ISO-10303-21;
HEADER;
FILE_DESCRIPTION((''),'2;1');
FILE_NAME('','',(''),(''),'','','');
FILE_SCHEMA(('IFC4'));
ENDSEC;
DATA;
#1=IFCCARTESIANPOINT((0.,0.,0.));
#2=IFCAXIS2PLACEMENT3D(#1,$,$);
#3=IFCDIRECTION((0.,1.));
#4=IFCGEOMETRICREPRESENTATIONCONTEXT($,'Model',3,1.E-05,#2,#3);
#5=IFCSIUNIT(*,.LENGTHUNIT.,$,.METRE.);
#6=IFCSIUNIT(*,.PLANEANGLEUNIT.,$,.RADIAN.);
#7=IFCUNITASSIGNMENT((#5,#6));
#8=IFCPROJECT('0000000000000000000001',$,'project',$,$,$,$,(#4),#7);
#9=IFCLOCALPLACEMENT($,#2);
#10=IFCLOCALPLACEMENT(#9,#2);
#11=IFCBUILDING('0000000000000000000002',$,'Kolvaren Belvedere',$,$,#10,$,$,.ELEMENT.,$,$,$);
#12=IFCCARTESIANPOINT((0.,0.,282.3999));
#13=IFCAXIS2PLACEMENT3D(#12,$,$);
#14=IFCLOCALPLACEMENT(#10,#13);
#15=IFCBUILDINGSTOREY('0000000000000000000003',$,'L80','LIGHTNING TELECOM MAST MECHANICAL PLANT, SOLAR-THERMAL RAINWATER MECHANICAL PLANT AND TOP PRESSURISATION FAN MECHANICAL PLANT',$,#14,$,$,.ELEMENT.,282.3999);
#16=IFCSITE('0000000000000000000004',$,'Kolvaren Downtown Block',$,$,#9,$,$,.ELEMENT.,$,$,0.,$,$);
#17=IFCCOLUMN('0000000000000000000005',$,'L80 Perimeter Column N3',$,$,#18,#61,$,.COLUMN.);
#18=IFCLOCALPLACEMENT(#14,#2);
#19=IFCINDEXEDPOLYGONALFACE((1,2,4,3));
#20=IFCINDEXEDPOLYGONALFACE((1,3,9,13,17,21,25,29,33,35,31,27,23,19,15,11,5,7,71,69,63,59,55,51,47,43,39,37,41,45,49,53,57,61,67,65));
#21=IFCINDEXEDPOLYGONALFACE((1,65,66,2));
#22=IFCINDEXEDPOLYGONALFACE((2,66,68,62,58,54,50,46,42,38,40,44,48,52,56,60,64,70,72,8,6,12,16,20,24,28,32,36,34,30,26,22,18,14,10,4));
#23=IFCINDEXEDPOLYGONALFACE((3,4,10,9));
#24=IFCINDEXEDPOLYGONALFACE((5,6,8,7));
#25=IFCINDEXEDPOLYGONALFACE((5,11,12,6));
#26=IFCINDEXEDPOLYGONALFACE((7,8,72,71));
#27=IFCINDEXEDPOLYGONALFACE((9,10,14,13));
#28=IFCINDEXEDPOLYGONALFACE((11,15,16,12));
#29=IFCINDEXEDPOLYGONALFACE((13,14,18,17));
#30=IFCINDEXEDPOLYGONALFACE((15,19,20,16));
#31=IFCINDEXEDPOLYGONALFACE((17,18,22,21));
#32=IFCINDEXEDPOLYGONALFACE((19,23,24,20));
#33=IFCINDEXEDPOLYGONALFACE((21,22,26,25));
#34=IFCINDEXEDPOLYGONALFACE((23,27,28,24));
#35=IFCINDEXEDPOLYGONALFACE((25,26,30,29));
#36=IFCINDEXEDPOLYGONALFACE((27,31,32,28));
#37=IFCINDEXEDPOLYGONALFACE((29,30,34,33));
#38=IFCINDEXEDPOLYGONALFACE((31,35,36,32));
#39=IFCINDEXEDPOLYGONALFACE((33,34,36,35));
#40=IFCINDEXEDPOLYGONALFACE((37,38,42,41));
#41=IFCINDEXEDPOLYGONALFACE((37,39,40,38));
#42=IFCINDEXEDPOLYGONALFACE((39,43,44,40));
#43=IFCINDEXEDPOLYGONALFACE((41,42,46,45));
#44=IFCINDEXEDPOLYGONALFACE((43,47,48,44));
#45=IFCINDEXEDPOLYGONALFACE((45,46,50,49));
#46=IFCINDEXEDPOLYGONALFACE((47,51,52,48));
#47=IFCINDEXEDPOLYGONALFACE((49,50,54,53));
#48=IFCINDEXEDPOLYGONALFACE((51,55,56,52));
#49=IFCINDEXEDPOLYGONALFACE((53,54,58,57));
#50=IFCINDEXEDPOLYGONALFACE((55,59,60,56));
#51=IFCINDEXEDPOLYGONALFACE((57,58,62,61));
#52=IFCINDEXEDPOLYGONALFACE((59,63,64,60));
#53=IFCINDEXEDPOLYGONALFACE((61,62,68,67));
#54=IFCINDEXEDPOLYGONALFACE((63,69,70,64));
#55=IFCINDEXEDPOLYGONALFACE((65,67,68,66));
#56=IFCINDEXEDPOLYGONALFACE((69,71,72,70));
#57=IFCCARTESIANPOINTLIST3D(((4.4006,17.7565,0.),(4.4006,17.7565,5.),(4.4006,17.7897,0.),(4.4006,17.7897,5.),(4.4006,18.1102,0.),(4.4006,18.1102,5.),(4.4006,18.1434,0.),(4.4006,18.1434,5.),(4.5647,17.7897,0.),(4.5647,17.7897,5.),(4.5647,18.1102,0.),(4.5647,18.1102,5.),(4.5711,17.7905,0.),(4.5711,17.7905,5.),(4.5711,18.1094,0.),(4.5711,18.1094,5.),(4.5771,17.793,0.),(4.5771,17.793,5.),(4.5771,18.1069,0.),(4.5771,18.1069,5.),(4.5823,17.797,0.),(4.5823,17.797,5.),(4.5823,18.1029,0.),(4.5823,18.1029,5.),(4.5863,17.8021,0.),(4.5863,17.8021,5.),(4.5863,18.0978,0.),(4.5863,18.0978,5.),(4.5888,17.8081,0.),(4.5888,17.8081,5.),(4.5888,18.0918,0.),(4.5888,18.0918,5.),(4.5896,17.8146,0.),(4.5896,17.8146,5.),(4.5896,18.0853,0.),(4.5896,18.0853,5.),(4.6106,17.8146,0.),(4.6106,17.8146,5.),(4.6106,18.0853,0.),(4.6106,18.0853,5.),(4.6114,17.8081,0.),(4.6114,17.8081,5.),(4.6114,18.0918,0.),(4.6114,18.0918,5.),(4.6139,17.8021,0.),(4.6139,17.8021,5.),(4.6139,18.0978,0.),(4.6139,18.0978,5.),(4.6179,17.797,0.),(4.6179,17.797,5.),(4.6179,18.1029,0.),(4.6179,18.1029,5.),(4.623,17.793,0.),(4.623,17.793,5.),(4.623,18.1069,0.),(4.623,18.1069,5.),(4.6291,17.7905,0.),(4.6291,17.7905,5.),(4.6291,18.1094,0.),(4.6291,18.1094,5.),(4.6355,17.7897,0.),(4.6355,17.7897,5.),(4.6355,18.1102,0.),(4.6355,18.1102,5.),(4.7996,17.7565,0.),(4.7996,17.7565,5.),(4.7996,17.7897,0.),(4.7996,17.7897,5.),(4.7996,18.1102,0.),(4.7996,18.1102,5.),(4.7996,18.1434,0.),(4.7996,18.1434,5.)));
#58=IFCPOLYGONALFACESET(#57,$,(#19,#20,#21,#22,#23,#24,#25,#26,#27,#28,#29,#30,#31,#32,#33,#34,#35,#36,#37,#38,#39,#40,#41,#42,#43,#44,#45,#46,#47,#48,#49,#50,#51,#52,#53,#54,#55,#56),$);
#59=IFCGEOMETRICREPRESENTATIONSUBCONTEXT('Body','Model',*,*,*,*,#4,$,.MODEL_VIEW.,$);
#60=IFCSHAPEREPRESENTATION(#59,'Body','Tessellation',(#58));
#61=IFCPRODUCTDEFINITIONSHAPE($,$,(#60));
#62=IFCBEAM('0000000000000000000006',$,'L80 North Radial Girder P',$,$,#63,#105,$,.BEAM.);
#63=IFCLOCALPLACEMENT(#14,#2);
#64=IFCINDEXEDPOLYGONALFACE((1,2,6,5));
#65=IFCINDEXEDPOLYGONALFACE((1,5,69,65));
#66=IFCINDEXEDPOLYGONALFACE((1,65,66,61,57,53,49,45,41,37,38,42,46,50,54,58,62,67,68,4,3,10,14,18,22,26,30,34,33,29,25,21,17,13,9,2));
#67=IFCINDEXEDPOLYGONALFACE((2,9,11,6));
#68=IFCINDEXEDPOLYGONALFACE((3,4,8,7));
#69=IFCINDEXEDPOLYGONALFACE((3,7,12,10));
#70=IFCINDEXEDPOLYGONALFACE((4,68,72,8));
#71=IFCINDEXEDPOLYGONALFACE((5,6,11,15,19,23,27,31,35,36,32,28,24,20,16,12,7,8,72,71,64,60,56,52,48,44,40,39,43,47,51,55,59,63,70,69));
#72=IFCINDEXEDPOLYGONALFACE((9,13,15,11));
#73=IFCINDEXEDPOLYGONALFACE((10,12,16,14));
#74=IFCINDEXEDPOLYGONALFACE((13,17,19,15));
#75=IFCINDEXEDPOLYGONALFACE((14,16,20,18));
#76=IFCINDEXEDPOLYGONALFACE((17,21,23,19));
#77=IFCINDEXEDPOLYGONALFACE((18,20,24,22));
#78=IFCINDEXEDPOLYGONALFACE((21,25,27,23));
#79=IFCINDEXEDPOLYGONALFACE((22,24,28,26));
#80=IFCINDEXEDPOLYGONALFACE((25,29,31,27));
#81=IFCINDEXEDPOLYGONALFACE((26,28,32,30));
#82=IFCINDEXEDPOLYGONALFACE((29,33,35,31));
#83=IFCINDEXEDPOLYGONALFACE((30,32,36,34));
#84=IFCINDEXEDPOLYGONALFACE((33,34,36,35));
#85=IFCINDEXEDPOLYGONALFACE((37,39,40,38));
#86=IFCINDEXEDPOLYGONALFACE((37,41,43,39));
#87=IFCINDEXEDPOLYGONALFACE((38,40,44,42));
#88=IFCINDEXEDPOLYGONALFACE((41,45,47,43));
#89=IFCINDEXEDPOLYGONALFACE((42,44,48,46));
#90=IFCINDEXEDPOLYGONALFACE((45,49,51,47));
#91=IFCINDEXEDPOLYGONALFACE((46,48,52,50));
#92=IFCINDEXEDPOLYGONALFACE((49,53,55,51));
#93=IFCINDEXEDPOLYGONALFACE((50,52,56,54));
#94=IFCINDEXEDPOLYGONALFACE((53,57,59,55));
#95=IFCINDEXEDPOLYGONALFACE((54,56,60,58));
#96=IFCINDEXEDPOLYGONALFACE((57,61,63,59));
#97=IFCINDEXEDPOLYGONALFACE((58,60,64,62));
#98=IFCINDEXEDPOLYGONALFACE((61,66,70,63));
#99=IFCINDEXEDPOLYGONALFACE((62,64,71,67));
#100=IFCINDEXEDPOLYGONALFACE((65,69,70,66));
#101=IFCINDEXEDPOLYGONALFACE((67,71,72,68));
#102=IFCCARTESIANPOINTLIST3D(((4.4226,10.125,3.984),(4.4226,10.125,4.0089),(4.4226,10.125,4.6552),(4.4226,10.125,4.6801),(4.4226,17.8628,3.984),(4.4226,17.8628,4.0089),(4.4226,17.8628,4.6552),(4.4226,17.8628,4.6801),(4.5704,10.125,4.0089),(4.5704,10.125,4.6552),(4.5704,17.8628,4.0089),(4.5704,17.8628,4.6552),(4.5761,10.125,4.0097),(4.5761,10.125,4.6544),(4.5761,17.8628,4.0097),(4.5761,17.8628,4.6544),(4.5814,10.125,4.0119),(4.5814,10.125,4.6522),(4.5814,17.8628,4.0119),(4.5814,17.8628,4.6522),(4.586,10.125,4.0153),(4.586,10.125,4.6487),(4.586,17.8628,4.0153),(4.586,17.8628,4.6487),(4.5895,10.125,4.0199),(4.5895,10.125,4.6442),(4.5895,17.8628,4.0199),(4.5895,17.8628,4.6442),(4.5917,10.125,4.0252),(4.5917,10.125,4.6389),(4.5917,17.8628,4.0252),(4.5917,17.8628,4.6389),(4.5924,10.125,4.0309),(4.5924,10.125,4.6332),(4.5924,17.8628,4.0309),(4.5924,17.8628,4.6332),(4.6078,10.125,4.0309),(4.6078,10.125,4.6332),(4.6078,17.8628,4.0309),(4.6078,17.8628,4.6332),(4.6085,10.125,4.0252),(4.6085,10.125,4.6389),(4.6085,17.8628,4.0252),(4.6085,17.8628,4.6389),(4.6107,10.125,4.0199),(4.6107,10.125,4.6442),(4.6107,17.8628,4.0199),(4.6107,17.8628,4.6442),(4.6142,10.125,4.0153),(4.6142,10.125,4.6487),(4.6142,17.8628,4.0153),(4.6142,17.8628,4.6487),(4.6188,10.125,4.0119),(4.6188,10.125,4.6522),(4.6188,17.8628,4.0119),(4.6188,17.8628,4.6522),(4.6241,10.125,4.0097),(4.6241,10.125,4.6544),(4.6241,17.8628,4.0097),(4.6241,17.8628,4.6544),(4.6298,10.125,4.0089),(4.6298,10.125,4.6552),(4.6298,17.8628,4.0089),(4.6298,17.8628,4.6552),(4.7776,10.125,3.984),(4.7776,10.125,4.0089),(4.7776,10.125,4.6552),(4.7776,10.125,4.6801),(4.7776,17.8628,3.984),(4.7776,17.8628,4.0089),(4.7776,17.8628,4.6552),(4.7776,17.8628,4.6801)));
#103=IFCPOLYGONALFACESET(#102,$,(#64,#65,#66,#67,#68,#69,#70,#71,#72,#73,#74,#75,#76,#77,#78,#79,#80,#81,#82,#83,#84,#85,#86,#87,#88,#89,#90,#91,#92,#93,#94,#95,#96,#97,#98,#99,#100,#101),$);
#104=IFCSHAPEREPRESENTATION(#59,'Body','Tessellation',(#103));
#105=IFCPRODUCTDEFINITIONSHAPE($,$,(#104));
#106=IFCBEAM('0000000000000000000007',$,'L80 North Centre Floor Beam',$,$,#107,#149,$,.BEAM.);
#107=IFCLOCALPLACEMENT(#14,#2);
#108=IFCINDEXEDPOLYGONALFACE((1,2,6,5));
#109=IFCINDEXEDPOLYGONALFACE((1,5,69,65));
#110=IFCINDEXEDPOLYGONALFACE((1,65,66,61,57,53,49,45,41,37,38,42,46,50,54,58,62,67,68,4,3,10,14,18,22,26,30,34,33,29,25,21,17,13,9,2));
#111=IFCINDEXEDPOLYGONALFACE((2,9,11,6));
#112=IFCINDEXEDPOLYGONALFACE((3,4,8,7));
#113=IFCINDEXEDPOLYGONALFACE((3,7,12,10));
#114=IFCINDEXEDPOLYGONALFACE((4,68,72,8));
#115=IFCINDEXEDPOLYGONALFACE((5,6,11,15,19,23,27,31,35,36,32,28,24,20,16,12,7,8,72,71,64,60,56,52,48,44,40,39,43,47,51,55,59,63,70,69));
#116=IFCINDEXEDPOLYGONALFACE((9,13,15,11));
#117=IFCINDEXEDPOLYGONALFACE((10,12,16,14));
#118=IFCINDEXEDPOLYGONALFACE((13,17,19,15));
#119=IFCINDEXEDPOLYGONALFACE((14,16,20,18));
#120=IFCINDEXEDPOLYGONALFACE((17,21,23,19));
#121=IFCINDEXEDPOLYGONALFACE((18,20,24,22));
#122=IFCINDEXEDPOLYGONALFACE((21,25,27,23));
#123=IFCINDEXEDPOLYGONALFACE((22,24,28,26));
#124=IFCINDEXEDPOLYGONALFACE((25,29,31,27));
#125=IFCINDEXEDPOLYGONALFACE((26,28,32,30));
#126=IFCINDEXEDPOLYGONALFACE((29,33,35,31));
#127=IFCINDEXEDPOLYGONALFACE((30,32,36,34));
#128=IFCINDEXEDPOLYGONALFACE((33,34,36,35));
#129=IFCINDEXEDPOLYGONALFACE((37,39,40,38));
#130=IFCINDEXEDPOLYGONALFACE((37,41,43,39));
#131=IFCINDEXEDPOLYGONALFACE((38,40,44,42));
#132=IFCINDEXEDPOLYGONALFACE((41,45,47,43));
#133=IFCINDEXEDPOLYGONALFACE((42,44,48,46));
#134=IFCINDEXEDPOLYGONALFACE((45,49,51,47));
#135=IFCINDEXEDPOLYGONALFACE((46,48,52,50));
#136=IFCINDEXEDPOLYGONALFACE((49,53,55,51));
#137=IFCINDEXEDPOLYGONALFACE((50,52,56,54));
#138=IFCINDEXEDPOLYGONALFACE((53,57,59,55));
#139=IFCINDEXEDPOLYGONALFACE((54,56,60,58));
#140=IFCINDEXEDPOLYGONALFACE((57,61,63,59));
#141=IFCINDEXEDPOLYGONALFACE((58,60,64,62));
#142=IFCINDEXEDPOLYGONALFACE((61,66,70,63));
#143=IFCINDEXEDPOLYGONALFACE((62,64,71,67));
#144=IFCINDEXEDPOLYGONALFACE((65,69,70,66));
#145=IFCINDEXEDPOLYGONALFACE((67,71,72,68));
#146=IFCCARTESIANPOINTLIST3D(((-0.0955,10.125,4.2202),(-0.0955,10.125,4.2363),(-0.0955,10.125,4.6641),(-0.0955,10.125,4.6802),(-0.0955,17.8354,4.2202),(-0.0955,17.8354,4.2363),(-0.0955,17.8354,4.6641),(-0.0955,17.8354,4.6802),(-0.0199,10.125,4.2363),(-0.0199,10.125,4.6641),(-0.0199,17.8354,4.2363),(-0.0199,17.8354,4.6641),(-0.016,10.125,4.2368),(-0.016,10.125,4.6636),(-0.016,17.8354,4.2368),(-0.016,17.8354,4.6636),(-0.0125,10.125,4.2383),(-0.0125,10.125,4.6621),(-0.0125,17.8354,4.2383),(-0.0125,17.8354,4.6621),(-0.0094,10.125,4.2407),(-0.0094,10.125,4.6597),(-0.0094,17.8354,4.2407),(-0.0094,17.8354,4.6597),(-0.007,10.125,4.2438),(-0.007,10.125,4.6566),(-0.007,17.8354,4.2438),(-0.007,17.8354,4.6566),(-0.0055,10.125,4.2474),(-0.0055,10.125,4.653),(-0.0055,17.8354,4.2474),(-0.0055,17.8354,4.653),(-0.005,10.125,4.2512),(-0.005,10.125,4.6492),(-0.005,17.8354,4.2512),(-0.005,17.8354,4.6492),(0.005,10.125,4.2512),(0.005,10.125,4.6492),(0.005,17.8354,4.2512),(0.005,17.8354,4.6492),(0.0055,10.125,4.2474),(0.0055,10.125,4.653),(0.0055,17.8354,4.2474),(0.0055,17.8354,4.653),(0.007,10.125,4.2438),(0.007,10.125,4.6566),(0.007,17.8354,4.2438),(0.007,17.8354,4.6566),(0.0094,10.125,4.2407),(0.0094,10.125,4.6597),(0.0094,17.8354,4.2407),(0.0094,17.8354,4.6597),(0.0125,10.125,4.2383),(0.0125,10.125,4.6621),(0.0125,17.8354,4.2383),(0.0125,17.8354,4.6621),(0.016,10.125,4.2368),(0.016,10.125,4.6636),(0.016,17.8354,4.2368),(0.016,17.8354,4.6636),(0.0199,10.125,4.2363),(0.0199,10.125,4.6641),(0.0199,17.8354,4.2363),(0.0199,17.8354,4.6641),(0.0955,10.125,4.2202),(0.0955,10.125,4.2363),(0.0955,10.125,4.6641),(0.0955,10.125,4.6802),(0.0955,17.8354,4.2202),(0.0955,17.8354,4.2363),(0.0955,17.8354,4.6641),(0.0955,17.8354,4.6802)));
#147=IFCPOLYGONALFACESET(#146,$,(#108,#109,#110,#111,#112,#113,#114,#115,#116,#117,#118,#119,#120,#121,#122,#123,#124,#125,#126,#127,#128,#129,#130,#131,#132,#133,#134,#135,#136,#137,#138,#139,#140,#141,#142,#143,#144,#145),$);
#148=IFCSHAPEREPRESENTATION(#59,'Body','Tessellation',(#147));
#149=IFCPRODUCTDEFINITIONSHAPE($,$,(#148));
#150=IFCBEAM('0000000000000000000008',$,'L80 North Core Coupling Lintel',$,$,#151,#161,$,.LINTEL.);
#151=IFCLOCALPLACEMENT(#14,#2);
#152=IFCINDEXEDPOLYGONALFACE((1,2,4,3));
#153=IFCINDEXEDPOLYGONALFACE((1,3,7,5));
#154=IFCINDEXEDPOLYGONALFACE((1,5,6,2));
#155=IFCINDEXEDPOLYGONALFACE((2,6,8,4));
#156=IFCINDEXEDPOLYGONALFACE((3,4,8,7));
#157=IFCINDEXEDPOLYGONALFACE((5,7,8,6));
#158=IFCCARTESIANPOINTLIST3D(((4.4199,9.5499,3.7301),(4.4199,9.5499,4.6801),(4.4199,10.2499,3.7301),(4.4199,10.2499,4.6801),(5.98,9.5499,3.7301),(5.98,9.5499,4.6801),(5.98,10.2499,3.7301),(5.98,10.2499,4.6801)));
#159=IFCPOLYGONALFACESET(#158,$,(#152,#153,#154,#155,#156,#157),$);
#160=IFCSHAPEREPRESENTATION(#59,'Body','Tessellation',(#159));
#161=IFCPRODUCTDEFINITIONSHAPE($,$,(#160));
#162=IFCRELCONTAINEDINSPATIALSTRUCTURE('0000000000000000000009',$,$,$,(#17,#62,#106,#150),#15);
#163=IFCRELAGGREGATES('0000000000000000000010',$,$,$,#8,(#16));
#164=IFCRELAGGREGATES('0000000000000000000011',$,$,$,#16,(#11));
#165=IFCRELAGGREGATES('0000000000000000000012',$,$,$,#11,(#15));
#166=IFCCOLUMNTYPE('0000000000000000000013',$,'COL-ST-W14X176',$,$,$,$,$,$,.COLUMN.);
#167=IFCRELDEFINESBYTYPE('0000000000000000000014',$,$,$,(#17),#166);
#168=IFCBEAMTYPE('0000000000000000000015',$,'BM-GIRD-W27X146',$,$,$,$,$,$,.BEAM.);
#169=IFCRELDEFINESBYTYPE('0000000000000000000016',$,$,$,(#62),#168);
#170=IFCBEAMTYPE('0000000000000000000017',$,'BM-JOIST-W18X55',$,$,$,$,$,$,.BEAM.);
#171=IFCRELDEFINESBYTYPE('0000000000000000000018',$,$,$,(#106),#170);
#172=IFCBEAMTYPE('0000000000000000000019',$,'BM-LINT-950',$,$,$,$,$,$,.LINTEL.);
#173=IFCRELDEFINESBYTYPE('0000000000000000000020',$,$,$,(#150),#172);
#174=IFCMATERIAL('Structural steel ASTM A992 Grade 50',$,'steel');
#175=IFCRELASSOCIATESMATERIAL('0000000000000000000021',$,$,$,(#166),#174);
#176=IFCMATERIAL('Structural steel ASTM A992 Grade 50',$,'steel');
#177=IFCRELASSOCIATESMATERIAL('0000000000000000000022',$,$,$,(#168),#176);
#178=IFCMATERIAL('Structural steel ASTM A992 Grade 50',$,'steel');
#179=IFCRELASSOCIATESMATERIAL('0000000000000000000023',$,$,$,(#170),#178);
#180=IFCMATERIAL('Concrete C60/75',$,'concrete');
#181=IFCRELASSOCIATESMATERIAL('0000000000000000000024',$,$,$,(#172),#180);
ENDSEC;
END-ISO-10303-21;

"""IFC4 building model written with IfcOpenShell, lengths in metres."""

from ifc_helpers import new_model, si_unit, direction, frame, origin, origin_2d, place, context, subcontext, project, spatial, rectangle, i_section, extrude, material, material_profile, profile_set, type_object, element, save


model = new_model("IFC4")

# Units and contexts
model_context = context("Model", 3, precision=1e-05, world=origin(), true_north=direction((0.0, 1.0)))
body_context = subcontext(model_context, "Body", "Model", "MODEL_VIEW")
ifc_project = project(units=[si_unit("LENGTHUNIT", "METRE"), si_unit("PLANEANGLEUNIT", "RADIAN")], contexts=[model_context])

# Site, building, storey
site_placement = place(None, origin())
site = spatial("IfcSite", under=ifc_project, at=site_placement, Name="Kolvaren Downtown Block", CompositionType="ELEMENT", RefElevation=0.0)
building_placement = place(site_placement, origin())
building = spatial("IfcBuilding", under=site, at=building_placement, Name="Kolvaren Belvedere", CompositionType="ELEMENT")
storey_placement = place(building_placement, frame((0.0, 0.0, 282.3999)))
storey = spatial("IfcBuildingStorey", under=building, at=storey_placement, Name="L80", Description="LIGHTNING TELECOM MAST MECHANICAL PLANT, SOLAR-THERMAL RAINWATER MECHANICAL PLANT AND TOP PRESSURISATION FAN MECHANICAL PLANT", CompositionType="ELEMENT", Elevation=282.3999)

# Column
ifc_material_1 = material(Name="Structural steel ASTM A992 Grade 50", Category="steel")
ifc_material_profile_1 = material_profile(ifc_material_1, i_section(OverallWidth=0.3989, OverallDepth=0.387, WebThickness=0.021, FlangeThickness=0.0332, FilletRadius=0.0249, at=origin_2d()), Name="W14X176")
ifc_profile_set_1 = profile_set([ifc_material_profile_1], Name="Structural steel ASTM A992 Grade 50")
column_type = type_object("IfcColumnType", Name="COL-ST-W14X176", PredefinedType="COLUMN", material=ifc_profile_set_1)
column_placement = place(storey_placement, frame((4.6001, 17.95, 0.0), z_axis=(0.0, 0.0, 1.0), x_axis=(1.0, 0.0, 0.0)))
element("IfcColumn", 1, at=column_placement, inside=storey, type_object=column_type, Name="L80 Perimeter Column N3", PredefinedType="COLUMN", context=body_context, shape_type="SweptSolid", body=[
    extrude(i_section(OverallWidth=0.3989, OverallDepth=0.387, WebThickness=0.021, FlangeThickness=0.0332, FilletRadius=0.0249, at=origin_2d()), origin(), (0.0, 0.0, 1.0), 5.0),
])

# Beams
ifc_material_2 = material(Name="Structural steel ASTM A992 Grade 50", Category="steel")
ifc_material_profile_2 = material_profile(ifc_material_2, i_section(OverallWidth=0.355, OverallDepth=0.696, WebThickness=0.0154, FlangeThickness=0.0249, FilletRadius=0.022, at=origin_2d()), Name="W27X146")
ifc_profile_set_2 = profile_set([ifc_material_profile_2], Name="Structural steel ASTM A992 Grade 50")
beam_type_1 = type_object("IfcBeamType", Name="BM-GIRD-W27X146", PredefinedType="BEAM", material=ifc_profile_set_2)
beam_1_placement = place(storey_placement, frame((4.6001, 10.125, 4.332), z_axis=(0.0, 1.0, 0.0), x_axis=(-1.0, 0.0, 0.0)))
element("IfcBeam", 2, at=beam_1_placement, inside=storey, type_object=beam_type_1, Name="L80 North Radial Girder P", PredefinedType="BEAM", context=body_context, shape_type="SweptSolid", body=[
    extrude(i_section(OverallWidth=0.355, OverallDepth=0.696, WebThickness=0.0154, FlangeThickness=0.0249, FilletRadius=0.022, at=origin_2d()), origin(), (0.0, 0.0, 1.0), 7.7378),
])
ifc_material_3 = material(Name="Structural steel ASTM A992 Grade 50", Category="steel")
ifc_material_profile_3 = material_profile(ifc_material_3, i_section(OverallWidth=0.1909, OverallDepth=0.46, WebThickness=0.01, FlangeThickness=0.0161, FilletRadius=0.0149, at=origin_2d()), Name="W18X55")
ifc_profile_set_3 = profile_set([ifc_material_profile_3], Name="Structural steel ASTM A992 Grade 50")
beam_type_2 = type_object("IfcBeamType", Name="BM-JOIST-W18X55", PredefinedType="BEAM", material=ifc_profile_set_3)
beam_2_placement = place(storey_placement, frame((0.0, 10.125, 4.4502), z_axis=(0.0, 1.0, 0.0), x_axis=(-1.0, 0.0, 0.0)))
element("IfcBeam", 3, at=beam_2_placement, inside=storey, type_object=beam_type_2, Name="L80 North Centre Floor Beam", PredefinedType="BEAM", context=body_context, shape_type="SweptSolid", body=[
    extrude(i_section(OverallWidth=0.1909, OverallDepth=0.46, WebThickness=0.01, FlangeThickness=0.0161, FilletRadius=0.0149, at=origin_2d()), origin(), (0.0, 0.0, 1.0), 7.7104),
])
ifc_material_4 = material(Name="Concrete C60/75", Category="concrete")
ifc_material_profile_4 = material_profile(ifc_material_4, rectangle(XDim=0.7, YDim=0.95, at=origin_2d()), Name="RC 700X950")
ifc_profile_set_4 = profile_set([ifc_material_profile_4], Name="Concrete C60/75")
beam_type_3 = type_object("IfcBeamType", Name="BM-LINT-950", PredefinedType="LINTEL", material=ifc_profile_set_4)
beam_3_placement = place(storey_placement, frame((4.4199, 9.8999, 4.2051), z_axis=(1.0, 0.0, 0.0), x_axis=(0.0, 1.0, 0.0)))
element("IfcBeam", 4, at=beam_3_placement, inside=storey, type_object=beam_type_3, Name="L80 North Core Coupling Lintel", PredefinedType="LINTEL", context=body_context, shape_type="SweptSolid", body=[
    extrude(rectangle(XDim=0.7, YDim=0.95, at=origin_2d()), origin(), (0.0, 0.0, 1.0), 1.5601),
])

save(model, "model.ifc")
